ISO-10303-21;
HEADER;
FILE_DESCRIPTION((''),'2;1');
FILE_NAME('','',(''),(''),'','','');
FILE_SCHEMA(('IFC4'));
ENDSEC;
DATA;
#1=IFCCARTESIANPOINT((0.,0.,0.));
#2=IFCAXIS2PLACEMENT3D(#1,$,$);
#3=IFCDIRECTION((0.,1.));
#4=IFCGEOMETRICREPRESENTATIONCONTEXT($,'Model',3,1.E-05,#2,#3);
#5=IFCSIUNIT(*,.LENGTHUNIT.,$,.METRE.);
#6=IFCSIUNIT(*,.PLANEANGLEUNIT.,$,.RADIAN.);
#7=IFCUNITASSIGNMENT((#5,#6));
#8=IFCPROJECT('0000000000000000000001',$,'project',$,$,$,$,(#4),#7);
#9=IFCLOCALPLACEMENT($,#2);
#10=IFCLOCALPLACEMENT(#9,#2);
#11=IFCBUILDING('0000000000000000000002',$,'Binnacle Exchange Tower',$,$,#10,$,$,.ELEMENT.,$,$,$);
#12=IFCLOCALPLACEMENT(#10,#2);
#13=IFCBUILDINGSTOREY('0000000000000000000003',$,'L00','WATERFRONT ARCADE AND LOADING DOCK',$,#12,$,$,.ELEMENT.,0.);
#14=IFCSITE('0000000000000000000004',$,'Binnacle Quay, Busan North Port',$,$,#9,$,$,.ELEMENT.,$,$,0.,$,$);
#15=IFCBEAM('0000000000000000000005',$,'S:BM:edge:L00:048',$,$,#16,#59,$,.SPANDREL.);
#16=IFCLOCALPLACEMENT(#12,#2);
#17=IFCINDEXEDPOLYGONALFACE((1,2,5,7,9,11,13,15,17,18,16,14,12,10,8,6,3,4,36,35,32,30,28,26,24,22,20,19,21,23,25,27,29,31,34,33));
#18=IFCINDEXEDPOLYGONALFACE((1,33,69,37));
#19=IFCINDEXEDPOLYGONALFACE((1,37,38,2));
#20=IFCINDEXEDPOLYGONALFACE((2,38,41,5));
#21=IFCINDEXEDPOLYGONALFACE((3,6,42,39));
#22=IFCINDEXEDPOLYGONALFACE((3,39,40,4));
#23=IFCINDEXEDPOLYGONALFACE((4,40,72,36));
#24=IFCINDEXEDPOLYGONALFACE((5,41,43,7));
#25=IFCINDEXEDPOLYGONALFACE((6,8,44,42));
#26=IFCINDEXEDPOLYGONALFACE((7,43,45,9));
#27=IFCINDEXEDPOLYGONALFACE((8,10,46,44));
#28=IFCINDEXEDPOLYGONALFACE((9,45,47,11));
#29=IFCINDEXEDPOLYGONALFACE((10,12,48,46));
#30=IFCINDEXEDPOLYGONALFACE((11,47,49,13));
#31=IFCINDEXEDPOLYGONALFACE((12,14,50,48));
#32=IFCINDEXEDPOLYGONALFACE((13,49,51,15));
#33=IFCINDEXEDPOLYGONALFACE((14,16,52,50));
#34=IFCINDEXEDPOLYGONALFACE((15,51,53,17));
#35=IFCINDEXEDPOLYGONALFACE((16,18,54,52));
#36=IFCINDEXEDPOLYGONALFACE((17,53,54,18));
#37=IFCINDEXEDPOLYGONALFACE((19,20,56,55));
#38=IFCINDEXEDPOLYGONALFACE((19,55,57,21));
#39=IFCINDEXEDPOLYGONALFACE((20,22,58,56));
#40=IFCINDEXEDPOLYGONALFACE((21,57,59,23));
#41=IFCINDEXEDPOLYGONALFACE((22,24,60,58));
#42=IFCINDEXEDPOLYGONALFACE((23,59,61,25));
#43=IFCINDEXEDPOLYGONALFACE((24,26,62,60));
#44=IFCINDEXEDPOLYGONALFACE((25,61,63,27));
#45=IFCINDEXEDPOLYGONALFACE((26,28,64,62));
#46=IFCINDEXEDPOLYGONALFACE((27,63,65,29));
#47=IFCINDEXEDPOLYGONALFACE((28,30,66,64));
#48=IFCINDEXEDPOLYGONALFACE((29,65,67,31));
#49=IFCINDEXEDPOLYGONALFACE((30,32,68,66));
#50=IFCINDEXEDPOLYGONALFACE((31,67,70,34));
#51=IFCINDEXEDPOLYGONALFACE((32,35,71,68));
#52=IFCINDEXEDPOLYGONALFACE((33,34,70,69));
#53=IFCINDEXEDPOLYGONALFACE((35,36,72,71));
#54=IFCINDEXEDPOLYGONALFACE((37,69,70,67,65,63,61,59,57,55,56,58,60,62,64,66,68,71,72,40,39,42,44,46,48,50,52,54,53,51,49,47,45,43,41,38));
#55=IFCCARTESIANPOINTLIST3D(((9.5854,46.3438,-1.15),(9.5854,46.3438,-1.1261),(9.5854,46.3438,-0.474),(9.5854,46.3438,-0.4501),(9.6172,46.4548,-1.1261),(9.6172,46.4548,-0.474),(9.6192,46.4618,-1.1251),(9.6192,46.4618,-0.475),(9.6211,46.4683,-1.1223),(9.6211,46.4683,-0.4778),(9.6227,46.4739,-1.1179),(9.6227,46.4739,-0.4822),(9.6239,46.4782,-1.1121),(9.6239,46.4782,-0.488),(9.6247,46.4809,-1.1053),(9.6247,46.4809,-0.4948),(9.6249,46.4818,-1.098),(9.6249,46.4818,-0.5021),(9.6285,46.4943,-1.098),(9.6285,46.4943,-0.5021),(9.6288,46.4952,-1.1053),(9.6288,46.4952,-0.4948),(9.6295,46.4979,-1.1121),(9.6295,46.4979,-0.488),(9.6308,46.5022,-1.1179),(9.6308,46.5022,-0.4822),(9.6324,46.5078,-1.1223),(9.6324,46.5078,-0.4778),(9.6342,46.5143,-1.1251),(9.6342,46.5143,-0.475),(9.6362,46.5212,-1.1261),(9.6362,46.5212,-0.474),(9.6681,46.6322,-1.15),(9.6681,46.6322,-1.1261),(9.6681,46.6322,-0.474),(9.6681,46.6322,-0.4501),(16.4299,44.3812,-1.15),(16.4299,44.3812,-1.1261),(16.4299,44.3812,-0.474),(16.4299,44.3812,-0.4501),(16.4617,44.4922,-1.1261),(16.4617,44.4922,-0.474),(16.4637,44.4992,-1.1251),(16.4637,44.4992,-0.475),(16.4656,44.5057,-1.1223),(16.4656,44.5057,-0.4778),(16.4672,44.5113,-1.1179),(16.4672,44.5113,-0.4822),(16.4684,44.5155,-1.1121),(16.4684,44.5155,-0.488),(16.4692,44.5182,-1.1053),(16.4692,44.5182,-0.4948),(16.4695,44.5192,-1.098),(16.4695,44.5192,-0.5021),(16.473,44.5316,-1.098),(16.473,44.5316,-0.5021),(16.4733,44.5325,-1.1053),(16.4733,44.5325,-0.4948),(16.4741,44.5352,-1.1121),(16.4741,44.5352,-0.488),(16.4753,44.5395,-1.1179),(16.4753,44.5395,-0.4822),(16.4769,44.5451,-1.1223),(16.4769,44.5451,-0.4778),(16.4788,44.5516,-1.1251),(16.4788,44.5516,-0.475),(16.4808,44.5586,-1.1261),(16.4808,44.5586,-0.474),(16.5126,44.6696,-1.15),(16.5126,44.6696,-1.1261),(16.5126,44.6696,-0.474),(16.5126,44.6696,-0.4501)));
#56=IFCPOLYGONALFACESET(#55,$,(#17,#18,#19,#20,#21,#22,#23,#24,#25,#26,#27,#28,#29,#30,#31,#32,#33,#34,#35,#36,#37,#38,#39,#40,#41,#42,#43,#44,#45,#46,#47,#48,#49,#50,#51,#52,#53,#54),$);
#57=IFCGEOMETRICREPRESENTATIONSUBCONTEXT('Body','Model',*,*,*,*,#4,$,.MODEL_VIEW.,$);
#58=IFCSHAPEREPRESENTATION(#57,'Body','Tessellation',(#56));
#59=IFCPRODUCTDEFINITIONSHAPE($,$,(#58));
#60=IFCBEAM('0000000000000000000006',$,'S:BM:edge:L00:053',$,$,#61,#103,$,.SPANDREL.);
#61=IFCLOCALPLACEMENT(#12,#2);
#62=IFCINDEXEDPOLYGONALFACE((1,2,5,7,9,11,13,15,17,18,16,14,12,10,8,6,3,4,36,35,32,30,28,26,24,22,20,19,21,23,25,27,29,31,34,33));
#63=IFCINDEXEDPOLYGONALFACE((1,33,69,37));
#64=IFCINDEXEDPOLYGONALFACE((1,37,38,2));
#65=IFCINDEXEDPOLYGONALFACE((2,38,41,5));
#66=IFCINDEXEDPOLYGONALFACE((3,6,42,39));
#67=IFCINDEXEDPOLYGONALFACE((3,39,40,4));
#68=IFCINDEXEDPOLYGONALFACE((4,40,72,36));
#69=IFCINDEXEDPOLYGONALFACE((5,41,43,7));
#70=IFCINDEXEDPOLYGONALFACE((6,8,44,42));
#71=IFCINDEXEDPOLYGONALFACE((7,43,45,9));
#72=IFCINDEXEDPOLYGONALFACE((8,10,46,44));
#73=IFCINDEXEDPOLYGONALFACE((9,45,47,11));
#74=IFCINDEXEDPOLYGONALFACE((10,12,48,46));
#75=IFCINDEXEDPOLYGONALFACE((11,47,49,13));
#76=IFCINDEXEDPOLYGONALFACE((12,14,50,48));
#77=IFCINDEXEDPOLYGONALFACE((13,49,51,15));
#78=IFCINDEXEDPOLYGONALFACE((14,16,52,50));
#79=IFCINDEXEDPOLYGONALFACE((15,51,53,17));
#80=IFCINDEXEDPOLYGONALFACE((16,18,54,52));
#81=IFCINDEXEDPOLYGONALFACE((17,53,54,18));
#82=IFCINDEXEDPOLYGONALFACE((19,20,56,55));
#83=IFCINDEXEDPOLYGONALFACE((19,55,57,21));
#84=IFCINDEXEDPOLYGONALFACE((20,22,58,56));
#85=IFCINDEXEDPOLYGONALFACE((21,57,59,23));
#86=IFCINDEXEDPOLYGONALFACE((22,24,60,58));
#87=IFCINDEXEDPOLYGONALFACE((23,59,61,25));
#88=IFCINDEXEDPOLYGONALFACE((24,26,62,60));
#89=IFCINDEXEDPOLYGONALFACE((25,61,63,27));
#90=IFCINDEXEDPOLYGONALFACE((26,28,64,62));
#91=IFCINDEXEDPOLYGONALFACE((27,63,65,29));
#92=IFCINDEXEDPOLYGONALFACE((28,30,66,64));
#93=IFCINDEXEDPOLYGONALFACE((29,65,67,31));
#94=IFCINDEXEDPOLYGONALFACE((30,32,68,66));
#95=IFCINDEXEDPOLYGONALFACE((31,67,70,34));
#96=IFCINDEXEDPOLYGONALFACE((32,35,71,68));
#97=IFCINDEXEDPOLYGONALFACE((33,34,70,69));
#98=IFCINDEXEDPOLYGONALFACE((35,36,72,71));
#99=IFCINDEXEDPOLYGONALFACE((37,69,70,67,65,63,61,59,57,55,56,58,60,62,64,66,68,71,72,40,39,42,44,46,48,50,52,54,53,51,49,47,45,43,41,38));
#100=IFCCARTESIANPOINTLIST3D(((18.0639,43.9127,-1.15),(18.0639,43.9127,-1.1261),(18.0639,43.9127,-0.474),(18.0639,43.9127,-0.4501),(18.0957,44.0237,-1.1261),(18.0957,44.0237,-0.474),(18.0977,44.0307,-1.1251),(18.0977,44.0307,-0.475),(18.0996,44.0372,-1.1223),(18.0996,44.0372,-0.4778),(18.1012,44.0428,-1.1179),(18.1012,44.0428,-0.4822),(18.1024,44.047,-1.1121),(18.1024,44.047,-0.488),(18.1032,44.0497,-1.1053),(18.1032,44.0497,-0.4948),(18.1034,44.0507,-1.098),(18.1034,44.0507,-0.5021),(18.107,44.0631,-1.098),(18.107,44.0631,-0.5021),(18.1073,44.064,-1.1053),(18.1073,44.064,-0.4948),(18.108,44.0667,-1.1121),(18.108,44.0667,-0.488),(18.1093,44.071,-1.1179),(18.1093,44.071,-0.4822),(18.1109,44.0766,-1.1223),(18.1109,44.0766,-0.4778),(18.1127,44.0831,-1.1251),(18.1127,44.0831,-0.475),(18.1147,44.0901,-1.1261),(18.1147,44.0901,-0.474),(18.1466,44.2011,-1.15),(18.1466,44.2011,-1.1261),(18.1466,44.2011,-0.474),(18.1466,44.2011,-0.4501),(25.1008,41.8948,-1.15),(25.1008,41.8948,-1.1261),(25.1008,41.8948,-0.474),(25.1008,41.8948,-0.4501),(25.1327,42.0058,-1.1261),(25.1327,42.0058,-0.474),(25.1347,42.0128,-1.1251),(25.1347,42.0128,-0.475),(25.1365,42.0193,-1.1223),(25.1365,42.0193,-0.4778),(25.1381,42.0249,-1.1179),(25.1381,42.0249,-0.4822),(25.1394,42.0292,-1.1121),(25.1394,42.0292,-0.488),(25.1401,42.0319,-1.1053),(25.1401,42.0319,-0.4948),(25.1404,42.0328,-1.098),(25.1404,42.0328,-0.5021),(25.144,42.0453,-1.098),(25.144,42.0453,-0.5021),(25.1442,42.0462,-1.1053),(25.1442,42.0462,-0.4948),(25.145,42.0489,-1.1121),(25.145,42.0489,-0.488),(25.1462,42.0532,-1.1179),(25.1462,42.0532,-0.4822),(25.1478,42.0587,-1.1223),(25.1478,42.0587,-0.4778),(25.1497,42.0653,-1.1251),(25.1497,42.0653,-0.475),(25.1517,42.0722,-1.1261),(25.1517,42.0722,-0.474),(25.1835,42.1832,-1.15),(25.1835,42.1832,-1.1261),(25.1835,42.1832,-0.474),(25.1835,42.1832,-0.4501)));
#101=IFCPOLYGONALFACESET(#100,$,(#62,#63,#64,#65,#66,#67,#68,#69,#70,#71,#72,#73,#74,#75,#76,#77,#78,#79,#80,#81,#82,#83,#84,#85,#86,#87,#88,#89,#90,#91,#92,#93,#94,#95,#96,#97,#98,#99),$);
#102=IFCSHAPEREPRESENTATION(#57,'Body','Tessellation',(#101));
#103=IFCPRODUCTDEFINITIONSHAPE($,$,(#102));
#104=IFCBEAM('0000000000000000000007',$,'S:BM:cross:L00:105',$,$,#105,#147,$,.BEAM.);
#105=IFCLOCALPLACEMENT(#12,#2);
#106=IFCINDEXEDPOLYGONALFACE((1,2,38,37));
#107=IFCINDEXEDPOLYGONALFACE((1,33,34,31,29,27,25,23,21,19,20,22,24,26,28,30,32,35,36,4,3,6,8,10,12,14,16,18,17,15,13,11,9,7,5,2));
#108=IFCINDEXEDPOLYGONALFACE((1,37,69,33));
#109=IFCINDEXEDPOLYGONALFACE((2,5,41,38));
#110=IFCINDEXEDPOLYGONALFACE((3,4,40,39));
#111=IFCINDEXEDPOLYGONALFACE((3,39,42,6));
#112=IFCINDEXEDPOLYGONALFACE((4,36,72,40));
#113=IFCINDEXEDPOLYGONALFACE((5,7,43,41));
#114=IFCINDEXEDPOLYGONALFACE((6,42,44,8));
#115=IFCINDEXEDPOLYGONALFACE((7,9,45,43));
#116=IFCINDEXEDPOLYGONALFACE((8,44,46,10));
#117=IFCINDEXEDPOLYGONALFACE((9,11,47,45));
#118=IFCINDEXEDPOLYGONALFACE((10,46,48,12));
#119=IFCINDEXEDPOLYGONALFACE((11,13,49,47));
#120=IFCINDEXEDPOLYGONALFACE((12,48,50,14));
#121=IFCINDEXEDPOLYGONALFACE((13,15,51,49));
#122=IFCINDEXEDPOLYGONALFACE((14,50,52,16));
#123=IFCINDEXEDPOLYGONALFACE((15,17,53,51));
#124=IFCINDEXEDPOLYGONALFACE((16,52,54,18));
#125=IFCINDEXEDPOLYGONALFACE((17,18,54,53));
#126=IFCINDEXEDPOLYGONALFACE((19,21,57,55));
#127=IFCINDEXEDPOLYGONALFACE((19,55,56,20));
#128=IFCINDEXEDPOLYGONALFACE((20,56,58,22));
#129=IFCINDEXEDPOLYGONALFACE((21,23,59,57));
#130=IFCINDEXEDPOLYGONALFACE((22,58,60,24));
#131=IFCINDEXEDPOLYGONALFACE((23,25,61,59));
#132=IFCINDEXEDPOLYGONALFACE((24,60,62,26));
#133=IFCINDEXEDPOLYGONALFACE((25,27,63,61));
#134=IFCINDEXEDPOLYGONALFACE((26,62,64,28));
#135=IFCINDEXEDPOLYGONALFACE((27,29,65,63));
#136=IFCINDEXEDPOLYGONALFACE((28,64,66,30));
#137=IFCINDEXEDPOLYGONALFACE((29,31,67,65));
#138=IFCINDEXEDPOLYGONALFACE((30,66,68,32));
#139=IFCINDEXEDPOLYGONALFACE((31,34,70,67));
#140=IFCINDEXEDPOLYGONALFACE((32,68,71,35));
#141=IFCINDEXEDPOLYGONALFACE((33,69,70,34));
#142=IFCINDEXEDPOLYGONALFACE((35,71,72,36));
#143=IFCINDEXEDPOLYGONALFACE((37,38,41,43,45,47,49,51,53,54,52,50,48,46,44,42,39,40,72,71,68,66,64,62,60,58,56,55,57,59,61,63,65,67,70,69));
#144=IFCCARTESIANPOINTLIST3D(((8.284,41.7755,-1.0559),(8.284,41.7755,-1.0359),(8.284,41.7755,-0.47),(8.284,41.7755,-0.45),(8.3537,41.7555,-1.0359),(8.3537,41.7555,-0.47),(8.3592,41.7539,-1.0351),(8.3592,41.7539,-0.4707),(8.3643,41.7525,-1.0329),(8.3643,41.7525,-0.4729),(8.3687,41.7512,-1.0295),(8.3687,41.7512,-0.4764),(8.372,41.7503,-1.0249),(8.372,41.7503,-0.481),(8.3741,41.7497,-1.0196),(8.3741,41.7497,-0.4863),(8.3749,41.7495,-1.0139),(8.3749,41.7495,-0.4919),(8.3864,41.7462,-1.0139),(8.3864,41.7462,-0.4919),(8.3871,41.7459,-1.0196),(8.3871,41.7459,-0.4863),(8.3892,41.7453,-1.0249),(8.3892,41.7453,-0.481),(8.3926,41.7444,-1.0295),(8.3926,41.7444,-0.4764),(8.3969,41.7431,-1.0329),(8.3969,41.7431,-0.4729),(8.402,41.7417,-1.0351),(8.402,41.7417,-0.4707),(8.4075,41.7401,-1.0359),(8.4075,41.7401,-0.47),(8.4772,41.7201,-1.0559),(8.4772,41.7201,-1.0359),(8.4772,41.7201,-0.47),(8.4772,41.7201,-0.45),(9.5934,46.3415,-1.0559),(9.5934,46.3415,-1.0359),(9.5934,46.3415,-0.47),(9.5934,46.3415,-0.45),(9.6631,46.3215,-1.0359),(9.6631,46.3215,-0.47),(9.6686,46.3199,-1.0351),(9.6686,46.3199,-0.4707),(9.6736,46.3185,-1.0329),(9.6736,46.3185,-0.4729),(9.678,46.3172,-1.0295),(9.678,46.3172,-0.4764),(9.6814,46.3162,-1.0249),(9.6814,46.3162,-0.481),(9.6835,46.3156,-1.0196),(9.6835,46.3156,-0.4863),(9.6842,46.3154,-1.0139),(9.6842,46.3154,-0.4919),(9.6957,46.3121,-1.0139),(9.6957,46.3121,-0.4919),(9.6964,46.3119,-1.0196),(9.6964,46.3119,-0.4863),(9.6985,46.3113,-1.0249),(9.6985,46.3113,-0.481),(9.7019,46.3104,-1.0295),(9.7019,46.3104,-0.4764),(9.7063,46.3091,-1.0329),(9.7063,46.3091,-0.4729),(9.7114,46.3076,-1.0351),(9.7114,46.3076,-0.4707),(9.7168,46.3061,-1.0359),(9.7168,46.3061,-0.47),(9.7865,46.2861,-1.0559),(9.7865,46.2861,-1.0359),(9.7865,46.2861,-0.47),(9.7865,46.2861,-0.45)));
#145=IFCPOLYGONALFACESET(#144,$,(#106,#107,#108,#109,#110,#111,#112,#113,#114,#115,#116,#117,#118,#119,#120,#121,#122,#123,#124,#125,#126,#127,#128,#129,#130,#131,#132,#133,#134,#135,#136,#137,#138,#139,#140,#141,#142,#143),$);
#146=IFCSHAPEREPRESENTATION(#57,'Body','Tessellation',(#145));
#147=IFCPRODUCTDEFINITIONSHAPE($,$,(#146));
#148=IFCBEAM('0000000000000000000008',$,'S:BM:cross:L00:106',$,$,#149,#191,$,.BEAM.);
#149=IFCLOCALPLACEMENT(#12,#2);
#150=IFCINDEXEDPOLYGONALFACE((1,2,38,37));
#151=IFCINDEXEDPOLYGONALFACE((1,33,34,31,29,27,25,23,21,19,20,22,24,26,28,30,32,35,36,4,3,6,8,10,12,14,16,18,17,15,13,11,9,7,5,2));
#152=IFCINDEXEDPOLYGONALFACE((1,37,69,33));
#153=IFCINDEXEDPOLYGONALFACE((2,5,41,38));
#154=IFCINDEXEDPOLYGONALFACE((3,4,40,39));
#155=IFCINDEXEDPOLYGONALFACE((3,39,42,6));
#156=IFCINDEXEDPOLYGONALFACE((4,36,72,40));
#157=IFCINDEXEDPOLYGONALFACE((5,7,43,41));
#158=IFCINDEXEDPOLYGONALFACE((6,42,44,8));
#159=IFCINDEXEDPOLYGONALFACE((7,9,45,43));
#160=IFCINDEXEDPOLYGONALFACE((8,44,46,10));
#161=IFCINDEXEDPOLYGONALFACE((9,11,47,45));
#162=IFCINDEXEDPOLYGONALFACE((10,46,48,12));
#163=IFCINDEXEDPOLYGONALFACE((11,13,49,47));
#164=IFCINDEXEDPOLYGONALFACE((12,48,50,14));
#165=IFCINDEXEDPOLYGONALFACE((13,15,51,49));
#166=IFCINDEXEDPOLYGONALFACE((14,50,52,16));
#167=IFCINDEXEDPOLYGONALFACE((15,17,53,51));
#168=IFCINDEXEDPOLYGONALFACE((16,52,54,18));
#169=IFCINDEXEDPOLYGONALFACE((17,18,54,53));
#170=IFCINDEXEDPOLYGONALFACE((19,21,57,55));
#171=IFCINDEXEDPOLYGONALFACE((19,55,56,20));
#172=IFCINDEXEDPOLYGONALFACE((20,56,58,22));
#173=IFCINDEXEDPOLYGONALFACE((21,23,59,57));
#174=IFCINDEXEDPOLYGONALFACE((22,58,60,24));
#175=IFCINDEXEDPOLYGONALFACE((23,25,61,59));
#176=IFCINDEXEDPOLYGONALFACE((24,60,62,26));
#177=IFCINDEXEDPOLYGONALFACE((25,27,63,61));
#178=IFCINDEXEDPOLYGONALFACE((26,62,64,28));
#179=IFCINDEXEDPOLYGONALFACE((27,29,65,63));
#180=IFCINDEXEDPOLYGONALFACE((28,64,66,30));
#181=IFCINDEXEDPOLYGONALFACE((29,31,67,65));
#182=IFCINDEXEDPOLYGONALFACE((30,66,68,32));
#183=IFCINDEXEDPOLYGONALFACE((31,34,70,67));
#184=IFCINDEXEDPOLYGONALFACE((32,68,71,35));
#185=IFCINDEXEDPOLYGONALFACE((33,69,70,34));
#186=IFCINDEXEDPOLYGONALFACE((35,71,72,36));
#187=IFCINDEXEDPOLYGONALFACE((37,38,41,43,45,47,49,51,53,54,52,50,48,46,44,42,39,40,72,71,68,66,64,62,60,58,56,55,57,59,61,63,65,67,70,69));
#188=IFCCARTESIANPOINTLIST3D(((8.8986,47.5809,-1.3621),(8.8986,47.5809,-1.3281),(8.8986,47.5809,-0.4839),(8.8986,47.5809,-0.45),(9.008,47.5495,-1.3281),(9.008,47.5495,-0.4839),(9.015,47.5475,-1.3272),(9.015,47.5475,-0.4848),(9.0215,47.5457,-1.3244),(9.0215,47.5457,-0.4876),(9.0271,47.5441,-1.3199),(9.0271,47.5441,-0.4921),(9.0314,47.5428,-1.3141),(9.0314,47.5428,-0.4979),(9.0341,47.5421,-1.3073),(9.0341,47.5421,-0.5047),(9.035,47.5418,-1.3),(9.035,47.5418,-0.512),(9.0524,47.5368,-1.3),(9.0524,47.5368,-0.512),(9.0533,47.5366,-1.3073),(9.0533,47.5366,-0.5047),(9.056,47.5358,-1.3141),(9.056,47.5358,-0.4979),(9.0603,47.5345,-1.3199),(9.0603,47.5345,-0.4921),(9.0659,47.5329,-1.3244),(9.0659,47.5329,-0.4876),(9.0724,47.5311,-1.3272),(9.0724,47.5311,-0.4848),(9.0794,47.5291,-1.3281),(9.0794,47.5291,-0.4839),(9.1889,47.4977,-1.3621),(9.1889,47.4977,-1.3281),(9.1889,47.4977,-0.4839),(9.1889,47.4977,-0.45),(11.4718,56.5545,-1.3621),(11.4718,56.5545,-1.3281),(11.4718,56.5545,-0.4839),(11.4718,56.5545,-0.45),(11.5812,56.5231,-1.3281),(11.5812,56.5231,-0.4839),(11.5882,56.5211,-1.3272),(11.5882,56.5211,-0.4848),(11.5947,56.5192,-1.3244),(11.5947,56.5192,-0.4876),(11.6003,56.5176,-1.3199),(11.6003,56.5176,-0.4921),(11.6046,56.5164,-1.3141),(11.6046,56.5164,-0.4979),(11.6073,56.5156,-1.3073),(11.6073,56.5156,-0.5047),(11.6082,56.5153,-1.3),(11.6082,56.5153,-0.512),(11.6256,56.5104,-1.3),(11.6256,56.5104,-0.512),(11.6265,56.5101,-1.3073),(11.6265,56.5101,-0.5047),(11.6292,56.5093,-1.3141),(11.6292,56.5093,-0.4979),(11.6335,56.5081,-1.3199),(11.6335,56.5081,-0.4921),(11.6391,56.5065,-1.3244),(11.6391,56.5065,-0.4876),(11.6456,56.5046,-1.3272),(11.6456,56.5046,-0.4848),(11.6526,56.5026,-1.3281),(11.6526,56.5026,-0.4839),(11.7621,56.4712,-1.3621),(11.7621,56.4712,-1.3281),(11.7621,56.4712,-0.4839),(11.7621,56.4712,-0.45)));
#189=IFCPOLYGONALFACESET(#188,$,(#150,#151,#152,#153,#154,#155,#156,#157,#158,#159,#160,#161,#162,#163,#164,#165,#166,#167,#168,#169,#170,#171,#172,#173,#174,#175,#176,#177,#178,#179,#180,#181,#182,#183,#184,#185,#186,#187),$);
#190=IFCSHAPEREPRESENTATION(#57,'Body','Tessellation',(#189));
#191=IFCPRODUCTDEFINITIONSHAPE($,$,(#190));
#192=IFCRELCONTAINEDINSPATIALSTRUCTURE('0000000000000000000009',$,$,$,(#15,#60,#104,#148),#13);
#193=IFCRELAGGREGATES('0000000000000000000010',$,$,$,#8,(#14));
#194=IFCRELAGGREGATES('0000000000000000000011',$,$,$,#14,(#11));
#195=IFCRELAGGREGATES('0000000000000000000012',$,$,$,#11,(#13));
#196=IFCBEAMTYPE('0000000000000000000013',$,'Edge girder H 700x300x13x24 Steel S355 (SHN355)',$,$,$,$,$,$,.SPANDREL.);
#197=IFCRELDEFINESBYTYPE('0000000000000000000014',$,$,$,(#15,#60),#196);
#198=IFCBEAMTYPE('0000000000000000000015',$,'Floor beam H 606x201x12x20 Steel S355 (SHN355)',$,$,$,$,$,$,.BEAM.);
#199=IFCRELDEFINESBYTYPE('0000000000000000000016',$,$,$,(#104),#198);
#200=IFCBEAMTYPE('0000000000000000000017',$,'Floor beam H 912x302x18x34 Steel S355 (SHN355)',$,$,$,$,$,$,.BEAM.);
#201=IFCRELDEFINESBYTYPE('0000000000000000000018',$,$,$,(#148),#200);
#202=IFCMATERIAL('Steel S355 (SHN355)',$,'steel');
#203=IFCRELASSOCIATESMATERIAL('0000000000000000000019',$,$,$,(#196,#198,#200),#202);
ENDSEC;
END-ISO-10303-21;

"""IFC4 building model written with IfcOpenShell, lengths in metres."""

from ifc_helpers import new_model, si_unit, direction, frame, origin, origin_2d, place, context, subcontext, project, spatial, i_section, extrude, material, material_profile, profile_set, type_object, element, save


model = new_model("IFC4")

# Units and contexts
model_context = context("Model", 3, precision=1e-05, world=origin(), true_north=direction((0.0, 1.0)))
body_context = subcontext(model_context, "Body", "Model", "MODEL_VIEW")
ifc_project = project(units=[si_unit("LENGTHUNIT", "METRE"), si_unit("PLANEANGLEUNIT", "RADIAN")], contexts=[model_context])

# Site, building, storey
site_placement = place(None, origin())
site = spatial("IfcSite", under=ifc_project, at=site_placement, Name="Binnacle Quay, Busan North Port", CompositionType="ELEMENT", RefElevation=0.0)
building_placement = place(site_placement, origin())
building = spatial("IfcBuilding", under=site, at=building_placement, Name="Binnacle Exchange Tower", CompositionType="ELEMENT")
storey_placement = place(building_placement, origin())
storey = spatial("IfcBuildingStorey", under=building, at=storey_placement, Name="L00", Description="WATERFRONT ARCADE AND LOADING DOCK", CompositionType="ELEMENT", Elevation=0.0)

# Beams
ifc_material_1 = material(Name="Steel S355 (SHN355)", Category="steel")
ifc_material_profile_1 = material_profile(ifc_material_1, i_section(OverallWidth=0.3, OverallDepth=0.7, WebThickness=0.0129, FlangeThickness=0.0239, FilletRadius=0.0281, at=origin_2d()), Name="H 700x300x13x24")
ifc_profile_set_1 = profile_set([ifc_material_profile_1], Name="Steel S355 (SHN355)")
beam_type_1 = type_object("IfcBeamType", Name="Edge girder H 700x300x13x24 Steel S355 (SHN355)", PredefinedType="SPANDREL", material=ifc_profile_set_1)
beam_1_placement = place(storey_placement, frame((9.6267, 46.488, -0.8), z_axis=(0.961261, -0.27564, 0.0), x_axis=(0.27564, 0.961261, 0.0)))
element("IfcBeam", 1, at=beam_1_placement, inside=storey, type_object=beam_type_1, Name="S:BM:edge:L00:048", PredefinedType="SPANDREL", context=body_context, shape_type="SweptSolid", body=[
    extrude(i_section(OverallWidth=0.3, OverallDepth=0.7, WebThickness=0.0129, FlangeThickness=0.0239, FilletRadius=0.0281, at=origin_2d()), origin(), (0.0, 0.0, 1.0), 7.1204),
])
beam_2_placement = place(storey_placement, frame((18.1052, 44.0569, -0.8), z_axis=(0.96126, -0.275642, 0.0), x_axis=(0.275642, 0.96126, 0.0)))
element("IfcBeam", 2, at=beam_2_placement, inside=storey, type_object=beam_type_1, Name="S:BM:edge:L00:053", PredefinedType="SPANDREL", context=body_context, shape_type="SweptSolid", body=[
    extrude(i_section(OverallWidth=0.3, OverallDepth=0.7, WebThickness=0.0129, FlangeThickness=0.0239, FilletRadius=0.0281, at=origin_2d()), origin(), (0.0, 0.0, 1.0), 7.3206),
])
ifc_material_profile_2 = material_profile(ifc_material_1, i_section(OverallWidth=0.2009, OverallDepth=0.606, WebThickness=0.012, FlangeThickness=0.02, FilletRadius=0.022, at=origin_2d()), Name="H 606x201x12x20")
ifc_profile_set_2 = profile_set([ifc_material_profile_2], Name="Steel S355 (SHN355)")
beam_type_2 = type_object("IfcBeamType", Name="Floor beam H 606x201x12x20 Steel S355 (SHN355)", PredefinedType="BEAM", material=ifc_profile_set_2)
beam_3_placement = place(storey_placement, frame((8.3806, 41.7478, -0.7529), z_axis=(0.275651, 0.961258, 0.0), x_axis=(-0.961258, 0.275651, 0.0)))
element("IfcBeam", 3, at=beam_3_placement, inside=storey, type_object=beam_type_2, Name="S:BM:cross:L00:105", PredefinedType="BEAM", context=body_context, shape_type="SweptSolid", body=[
    extrude(i_section(OverallWidth=0.2009, OverallDepth=0.606, WebThickness=0.012, FlangeThickness=0.02, FilletRadius=0.022, at=origin_2d()), origin(), (0.0, 0.0, 1.0), 4.75),
])
ifc_material_profile_3 = material_profile(ifc_material_1, i_section(OverallWidth=0.302, OverallDepth=0.9121, WebThickness=0.0181, FlangeThickness=0.0339, FilletRadius=0.0281, at=origin_2d()), Name="H 912x302x18x34")
ifc_profile_set_3 = profile_set([ifc_material_profile_3], Name="Steel S355 (SHN355)")
beam_type_3 = type_object("IfcBeamType", Name="Floor beam H 912x302x18x34 Steel S355 (SHN355)", PredefinedType="BEAM", material=ifc_profile_set_3)
beam_4_placement = place(storey_placement, frame((9.0437, 47.5393, -0.906), z_axis=(0.275647, 0.961259, 0.0), x_axis=(-0.961259, 0.275647, 0.0)))
element("IfcBeam", 4, at=beam_4_placement, inside=storey, type_object=beam_type_3, Name="S:BM:cross:L00:106", PredefinedType="BEAM", context=body_context, shape_type="SweptSolid", body=[
    extrude(i_section(OverallWidth=0.302, OverallDepth=0.9121, WebThickness=0.0181, FlangeThickness=0.0339, FilletRadius=0.0281, at=origin_2d()), origin(), (0.0, 0.0, 1.0), 9.3352),
])

save(model, "model.ifc")
